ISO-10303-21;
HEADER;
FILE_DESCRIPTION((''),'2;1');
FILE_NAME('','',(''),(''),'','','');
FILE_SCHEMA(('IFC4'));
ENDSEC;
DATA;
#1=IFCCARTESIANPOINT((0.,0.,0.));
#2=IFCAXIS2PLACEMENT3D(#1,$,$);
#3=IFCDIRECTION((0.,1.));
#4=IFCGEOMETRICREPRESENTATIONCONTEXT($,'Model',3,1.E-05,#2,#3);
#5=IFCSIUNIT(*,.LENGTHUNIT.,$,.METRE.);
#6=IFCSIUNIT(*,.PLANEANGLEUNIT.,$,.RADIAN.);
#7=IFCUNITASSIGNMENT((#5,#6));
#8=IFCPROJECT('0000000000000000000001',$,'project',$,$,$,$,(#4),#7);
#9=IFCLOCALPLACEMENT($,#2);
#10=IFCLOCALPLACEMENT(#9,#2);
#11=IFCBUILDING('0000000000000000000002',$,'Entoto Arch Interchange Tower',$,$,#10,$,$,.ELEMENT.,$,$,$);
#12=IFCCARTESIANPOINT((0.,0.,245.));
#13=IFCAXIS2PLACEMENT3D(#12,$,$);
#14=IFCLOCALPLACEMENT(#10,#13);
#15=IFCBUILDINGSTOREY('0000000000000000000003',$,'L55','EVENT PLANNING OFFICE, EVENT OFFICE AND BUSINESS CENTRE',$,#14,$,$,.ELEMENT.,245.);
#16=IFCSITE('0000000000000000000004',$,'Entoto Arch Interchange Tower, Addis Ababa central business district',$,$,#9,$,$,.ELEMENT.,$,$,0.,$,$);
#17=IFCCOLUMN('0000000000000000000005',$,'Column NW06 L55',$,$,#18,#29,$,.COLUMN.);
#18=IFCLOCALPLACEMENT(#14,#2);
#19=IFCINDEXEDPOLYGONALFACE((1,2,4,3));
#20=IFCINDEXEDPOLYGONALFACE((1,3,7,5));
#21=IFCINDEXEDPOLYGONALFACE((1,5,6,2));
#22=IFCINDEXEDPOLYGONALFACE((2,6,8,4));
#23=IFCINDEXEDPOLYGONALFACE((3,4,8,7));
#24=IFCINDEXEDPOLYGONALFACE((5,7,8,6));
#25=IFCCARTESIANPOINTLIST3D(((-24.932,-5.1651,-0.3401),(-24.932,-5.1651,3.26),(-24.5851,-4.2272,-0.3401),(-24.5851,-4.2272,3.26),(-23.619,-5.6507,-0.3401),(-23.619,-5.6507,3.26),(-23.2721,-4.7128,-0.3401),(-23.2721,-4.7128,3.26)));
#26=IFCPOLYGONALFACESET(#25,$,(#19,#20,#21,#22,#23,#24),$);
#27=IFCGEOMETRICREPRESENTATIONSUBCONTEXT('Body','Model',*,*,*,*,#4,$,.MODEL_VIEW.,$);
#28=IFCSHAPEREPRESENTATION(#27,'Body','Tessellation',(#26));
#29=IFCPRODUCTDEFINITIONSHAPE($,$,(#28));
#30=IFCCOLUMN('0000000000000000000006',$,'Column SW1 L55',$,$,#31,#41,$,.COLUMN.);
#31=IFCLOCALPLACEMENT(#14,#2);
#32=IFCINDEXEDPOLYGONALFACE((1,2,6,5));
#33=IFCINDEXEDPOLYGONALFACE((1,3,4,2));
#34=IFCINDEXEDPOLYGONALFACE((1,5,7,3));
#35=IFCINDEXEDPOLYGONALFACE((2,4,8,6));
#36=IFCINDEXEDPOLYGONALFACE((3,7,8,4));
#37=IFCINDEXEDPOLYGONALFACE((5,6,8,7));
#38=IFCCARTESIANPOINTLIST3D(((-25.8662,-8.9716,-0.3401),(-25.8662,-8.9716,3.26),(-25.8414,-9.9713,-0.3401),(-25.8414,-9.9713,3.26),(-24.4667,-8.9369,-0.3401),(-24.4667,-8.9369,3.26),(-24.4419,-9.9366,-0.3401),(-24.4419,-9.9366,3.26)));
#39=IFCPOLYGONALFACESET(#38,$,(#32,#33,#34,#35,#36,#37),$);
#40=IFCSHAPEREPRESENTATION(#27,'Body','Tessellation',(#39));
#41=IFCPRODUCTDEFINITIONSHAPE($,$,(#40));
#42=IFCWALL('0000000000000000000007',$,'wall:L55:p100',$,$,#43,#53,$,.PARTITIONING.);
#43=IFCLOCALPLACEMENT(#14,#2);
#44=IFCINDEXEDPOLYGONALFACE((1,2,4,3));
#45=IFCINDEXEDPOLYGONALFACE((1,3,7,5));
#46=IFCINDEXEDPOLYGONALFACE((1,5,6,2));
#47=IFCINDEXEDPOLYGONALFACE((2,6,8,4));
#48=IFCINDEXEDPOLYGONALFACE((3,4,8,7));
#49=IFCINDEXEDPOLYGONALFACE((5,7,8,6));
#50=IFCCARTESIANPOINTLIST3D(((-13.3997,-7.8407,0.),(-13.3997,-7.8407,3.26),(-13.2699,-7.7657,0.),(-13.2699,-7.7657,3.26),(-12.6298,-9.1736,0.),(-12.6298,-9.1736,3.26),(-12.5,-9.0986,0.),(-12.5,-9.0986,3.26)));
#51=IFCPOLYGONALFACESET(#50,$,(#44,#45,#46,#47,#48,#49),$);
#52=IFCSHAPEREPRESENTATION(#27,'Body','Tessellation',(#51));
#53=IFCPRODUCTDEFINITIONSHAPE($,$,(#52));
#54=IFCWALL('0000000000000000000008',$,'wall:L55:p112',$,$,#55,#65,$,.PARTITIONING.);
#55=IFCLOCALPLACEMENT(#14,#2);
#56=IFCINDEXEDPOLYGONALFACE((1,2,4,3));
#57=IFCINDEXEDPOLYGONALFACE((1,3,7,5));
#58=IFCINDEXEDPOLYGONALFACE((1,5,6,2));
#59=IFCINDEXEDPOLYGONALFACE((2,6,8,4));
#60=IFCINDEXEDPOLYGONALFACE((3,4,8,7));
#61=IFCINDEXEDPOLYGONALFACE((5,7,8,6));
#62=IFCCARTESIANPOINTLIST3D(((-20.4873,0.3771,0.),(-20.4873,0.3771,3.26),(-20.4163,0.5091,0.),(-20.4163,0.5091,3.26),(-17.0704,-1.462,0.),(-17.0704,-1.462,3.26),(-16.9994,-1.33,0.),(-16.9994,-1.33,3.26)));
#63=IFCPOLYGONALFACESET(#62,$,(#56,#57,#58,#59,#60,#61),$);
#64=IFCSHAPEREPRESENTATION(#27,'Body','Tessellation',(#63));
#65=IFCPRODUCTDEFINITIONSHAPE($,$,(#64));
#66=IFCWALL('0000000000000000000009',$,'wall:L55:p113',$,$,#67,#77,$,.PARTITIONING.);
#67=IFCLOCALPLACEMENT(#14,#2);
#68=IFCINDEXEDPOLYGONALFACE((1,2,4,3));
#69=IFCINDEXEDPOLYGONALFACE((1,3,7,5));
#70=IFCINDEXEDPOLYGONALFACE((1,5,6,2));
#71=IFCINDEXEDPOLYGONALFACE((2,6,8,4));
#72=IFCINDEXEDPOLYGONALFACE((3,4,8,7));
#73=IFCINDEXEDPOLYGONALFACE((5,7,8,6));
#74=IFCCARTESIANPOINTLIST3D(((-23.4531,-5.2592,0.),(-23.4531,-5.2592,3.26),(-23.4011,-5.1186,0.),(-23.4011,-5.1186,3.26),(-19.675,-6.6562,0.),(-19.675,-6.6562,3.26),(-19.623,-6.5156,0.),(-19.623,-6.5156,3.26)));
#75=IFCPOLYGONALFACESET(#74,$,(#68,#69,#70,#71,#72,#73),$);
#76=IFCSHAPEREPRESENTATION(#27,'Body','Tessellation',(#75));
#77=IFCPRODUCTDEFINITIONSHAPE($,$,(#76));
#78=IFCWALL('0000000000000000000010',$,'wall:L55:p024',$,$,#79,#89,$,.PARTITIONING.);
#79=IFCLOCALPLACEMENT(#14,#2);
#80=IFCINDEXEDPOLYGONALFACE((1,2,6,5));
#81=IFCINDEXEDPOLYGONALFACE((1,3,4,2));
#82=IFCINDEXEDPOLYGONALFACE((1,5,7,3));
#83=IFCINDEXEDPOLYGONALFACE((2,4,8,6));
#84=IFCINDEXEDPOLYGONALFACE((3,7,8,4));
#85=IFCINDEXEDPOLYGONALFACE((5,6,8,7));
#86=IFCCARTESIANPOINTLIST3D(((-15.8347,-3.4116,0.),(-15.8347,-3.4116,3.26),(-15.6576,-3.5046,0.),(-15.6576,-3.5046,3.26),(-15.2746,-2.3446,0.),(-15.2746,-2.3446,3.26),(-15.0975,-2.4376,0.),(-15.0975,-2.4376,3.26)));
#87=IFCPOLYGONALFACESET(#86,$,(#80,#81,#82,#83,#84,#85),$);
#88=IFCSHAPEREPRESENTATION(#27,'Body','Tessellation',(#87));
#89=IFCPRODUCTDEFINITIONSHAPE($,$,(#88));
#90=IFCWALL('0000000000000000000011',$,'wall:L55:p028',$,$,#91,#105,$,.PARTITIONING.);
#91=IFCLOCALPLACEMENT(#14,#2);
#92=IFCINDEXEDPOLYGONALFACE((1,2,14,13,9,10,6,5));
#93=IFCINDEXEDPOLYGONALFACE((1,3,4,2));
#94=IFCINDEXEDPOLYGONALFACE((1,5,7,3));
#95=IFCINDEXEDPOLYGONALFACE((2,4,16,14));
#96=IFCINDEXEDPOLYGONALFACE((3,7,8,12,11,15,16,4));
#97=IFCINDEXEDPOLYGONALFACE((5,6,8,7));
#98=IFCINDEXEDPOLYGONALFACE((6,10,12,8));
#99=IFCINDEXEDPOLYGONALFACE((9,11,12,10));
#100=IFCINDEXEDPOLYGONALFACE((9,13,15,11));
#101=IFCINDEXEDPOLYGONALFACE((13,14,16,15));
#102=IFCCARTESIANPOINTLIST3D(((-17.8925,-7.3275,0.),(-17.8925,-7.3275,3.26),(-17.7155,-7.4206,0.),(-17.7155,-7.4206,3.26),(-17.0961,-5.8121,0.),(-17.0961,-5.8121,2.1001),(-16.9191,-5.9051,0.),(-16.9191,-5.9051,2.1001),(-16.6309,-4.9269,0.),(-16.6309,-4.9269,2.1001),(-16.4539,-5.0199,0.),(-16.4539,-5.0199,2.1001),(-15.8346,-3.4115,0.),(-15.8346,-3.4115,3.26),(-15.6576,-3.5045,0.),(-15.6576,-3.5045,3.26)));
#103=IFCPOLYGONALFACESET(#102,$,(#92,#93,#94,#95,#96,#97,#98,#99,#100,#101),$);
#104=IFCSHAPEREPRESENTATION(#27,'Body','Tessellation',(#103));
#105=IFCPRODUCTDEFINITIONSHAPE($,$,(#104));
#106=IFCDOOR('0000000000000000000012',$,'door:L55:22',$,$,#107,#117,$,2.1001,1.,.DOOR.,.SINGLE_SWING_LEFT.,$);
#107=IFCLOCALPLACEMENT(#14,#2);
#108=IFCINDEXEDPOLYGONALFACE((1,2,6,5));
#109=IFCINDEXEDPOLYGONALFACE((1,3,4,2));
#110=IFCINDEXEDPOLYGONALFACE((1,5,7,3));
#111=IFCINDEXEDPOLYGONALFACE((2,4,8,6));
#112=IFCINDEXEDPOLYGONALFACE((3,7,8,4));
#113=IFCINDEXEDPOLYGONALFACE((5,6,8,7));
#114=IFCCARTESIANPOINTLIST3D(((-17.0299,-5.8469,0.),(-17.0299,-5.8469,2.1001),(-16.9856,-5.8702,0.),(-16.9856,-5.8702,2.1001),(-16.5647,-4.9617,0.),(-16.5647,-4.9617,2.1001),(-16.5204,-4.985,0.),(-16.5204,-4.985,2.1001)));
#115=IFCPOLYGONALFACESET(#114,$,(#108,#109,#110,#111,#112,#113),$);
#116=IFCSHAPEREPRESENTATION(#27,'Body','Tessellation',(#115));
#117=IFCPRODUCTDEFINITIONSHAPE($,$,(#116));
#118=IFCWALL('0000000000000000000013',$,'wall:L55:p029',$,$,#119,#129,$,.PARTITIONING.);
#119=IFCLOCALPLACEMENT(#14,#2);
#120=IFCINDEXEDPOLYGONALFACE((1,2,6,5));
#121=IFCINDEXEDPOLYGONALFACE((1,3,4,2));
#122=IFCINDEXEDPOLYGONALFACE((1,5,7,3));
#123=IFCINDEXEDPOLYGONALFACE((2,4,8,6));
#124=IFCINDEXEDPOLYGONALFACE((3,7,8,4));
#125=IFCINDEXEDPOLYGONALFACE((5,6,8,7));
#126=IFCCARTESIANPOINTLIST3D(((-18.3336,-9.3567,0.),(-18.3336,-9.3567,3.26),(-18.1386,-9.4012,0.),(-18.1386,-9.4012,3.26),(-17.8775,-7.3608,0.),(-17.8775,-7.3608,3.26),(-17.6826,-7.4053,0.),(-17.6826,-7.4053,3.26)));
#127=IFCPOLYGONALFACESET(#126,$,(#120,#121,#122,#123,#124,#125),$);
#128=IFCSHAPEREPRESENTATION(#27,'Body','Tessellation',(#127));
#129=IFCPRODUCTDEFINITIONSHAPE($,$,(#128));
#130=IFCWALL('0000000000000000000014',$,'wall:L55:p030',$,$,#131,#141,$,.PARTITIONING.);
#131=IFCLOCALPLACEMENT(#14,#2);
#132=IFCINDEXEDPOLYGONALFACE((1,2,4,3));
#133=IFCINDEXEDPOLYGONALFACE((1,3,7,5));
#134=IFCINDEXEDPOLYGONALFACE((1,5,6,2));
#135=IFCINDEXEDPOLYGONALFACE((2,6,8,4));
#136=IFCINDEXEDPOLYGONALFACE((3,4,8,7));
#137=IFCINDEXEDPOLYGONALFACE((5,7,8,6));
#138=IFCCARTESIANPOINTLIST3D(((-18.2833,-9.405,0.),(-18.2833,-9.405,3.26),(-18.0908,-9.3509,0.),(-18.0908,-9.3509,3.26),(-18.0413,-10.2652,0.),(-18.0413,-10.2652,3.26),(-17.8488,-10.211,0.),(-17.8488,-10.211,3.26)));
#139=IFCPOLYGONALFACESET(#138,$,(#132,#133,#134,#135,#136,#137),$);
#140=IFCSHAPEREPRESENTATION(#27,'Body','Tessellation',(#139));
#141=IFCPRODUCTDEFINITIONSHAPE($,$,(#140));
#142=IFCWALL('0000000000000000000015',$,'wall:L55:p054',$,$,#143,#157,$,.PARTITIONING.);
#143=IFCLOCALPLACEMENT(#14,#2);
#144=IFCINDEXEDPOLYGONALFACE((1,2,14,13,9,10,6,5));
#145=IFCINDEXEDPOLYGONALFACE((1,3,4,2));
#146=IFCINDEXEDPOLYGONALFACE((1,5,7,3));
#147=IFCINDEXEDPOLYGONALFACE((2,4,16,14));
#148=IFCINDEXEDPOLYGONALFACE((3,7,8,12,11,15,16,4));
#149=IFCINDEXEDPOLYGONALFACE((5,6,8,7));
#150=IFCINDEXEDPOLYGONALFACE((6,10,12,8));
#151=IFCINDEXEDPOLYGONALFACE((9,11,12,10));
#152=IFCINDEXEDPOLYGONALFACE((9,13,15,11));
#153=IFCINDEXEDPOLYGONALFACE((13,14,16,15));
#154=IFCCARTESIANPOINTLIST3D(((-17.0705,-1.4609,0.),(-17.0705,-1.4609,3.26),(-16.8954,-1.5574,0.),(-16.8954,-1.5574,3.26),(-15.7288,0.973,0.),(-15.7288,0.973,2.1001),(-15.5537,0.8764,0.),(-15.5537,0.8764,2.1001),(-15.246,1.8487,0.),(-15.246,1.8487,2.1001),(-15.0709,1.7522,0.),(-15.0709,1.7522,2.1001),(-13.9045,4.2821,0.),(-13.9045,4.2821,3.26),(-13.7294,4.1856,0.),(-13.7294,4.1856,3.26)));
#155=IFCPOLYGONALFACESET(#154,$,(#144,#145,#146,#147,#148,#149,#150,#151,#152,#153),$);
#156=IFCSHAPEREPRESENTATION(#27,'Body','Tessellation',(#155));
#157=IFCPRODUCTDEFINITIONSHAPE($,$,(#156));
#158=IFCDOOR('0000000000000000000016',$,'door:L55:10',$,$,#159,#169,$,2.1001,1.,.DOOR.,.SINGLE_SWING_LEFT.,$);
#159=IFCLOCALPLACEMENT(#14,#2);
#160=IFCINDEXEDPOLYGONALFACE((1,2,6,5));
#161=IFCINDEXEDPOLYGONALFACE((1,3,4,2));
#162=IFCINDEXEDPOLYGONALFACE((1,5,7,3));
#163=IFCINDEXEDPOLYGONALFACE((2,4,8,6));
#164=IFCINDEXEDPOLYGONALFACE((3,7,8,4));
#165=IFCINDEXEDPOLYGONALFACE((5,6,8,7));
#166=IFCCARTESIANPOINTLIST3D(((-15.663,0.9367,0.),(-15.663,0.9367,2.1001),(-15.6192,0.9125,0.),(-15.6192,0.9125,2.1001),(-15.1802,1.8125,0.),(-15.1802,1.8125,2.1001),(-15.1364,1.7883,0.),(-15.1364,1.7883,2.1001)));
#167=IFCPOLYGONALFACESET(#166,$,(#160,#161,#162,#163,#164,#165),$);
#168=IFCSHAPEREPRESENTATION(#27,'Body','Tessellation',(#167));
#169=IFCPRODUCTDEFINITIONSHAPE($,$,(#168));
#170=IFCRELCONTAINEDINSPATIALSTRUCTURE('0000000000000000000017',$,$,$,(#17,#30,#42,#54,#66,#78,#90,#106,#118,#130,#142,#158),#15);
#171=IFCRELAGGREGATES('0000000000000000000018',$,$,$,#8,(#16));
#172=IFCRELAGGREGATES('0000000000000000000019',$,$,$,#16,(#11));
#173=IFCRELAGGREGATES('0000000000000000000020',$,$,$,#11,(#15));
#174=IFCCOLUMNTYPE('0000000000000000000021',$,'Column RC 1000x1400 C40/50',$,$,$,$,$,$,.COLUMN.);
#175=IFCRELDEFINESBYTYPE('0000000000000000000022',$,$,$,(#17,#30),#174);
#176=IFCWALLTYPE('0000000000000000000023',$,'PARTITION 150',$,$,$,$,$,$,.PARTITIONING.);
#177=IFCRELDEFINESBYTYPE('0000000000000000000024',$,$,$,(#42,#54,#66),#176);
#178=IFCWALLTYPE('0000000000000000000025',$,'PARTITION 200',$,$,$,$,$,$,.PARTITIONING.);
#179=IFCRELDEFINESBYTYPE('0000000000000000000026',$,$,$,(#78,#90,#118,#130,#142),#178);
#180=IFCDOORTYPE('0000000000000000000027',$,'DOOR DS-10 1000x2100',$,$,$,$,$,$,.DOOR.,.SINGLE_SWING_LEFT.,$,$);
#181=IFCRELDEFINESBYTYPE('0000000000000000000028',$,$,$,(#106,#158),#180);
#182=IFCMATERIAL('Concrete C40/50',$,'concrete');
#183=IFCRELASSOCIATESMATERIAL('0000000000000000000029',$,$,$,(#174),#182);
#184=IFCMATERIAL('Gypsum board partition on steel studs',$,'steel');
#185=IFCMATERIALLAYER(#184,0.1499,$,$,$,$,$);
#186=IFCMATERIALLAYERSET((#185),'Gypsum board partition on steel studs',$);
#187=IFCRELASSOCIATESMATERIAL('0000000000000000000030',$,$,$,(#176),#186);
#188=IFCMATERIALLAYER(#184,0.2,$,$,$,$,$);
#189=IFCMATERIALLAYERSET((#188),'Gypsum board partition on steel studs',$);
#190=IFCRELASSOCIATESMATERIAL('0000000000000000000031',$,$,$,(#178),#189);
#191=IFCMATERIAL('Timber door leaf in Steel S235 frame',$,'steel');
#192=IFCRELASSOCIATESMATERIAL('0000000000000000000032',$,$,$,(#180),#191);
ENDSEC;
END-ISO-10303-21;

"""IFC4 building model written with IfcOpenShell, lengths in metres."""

from ifc_helpers import new_model, si_unit, direction, frame, frame_2d, origin, origin_2d, place, context, subcontext, project, spatial, rectangle, extrude, material, layer, layer_set, material_profile, profile_set, type_object, element, fill, save


model = new_model("IFC4")

# Units and contexts
model_context = context("Model", 3, precision=1e-05, world=origin(), true_north=direction((0.0, 1.0)))
body_context = subcontext(model_context, "Body", "Model", "MODEL_VIEW")
ifc_project = project(units=[si_unit("LENGTHUNIT", "METRE"), si_unit("PLANEANGLEUNIT", "RADIAN")], contexts=[model_context])

# Site, building, storey
site_placement = place(None, origin())
site = spatial("IfcSite", under=ifc_project, at=site_placement, Name="Entoto Arch Interchange Tower, Addis Ababa central business district", CompositionType="ELEMENT", RefElevation=0.0)
building_placement = place(site_placement, origin())
building = spatial("IfcBuilding", under=site, at=building_placement, Name="Entoto Arch Interchange Tower", CompositionType="ELEMENT")
storey_placement = place(building_placement, frame((0.0, 0.0, 245.0)))
storey = spatial("IfcBuildingStorey", under=building, at=storey_placement, Name="L55", Description="EVENT PLANNING OFFICE, EVENT OFFICE AND BUSINESS CENTRE", CompositionType="ELEMENT", Elevation=245.0)

# Columns
ifc_material_1 = material(Name="Concrete C40/50", Category="concrete")
ifc_material_profile = material_profile(ifc_material_1, rectangle(XDim=1.0, YDim=1.3999, at=origin_2d()))
ifc_profile_set = profile_set([ifc_material_profile], Name="Concrete C40/50")
column_type = type_object("IfcColumnType", Name="Column RC 1000x1400 C40/50", PredefinedType="COLUMN", material=ifc_profile_set)
for number, where, z_axis, x_axis, name in (
    (1, (-24.1021, -4.939, -0.3401), (0.0, 0.0, 1.0), (0.346854, 0.937919, 0.0), "Column NW06 L55"),
    (2, (-25.1541, -9.4541, -0.3401), (0.0, 0.0, 1.0), (-0.024833, 0.999692, 0.0), "Column SW1 L55"),
):
    element("IfcColumn", number, at=place(storey_placement, frame(where, z_axis=z_axis, x_axis=x_axis)), inside=storey, type_object=column_type, Name=name, PredefinedType="COLUMN", context=body_context, shape_type="SweptSolid", body=[
        extrude(rectangle(XDim=1.0, YDim=1.3999, at=origin_2d()), origin(), (0.0, 0.0, 1.0), 3.6001),
    ])

# Walls
ifc_material_2 = material(Name="Gypsum board partition on steel studs", Category="steel")
ifc_layer_1 = layer(ifc_material_2, 0.1499)
ifc_layer_set_1 = layer_set([ifc_layer_1], Name="Gypsum board partition on steel studs")
wall_type_1 = type_object("IfcWallType", Name="PARTITION 150", PredefinedType="PARTITIONING", material=ifc_layer_set_1)
wall_1_placement = place(storey_placement, frame((-12.5649, -9.136, 0.0), z_axis=(0.0, 0.0, 1.0), x_axis=(-0.500198, 0.865911, 0.0)))
element("IfcWall", 3, at=wall_1_placement, inside=storey, type_object=wall_type_1, Name="wall:L55:p100", PredefinedType="PARTITIONING", context=body_context, shape_type="SweptSolid", body=[
    extrude(rectangle(XDim=1.5393, YDim=0.1499, at=frame_2d((0.7695, 0.0))), origin(), (0.0, 0.0, 1.0), 3.26),
])
wall_2_placement = place(storey_placement, frame((-17.0349, -1.396, 0.0), z_axis=(0.0, 0.0, 1.0), x_axis=(-0.880558, 0.473938, 0.0)))
element("IfcWall", 4, at=wall_2_placement, inside=storey, type_object=wall_type_1, Name="wall:L55:p112", PredefinedType="PARTITIONING", context=body_context, shape_type="SweptSolid", body=[
    extrude(rectangle(XDim=3.8804, YDim=0.1499, at=frame_2d((1.9402, 0.0))), origin(), (0.0, 0.0, 1.0), 3.26),
])
wall_3_placement = place(storey_placement, frame((-19.6489, -6.5859, 0.0), z_axis=(0.0, 0.0, 1.0), x_axis=(-0.937936, 0.346809, 0.0)))
element("IfcWall", 5, at=wall_3_placement, inside=storey, type_object=wall_type_1, Name="wall:L55:p113", PredefinedType="PARTITIONING", context=body_context, shape_type="SweptSolid", body=[
    extrude(rectangle(XDim=4.0281, YDim=0.1499, at=frame_2d((2.0142, 0.0))), origin(), (0.0, 0.0, 1.0), 3.26),
])
ifc_layer_2 = layer(ifc_material_2, 0.2)
ifc_layer_set_2 = layer_set([ifc_layer_2], Name="Gypsum board partition on steel studs")
wall_type_2 = type_object("IfcWallType", Name="PARTITION 200", PredefinedType="PARTITIONING", material=ifc_layer_set_2)
wall_4_placement = place(storey_placement, frame((-15.186, -2.3911, 0.0), z_axis=(0.0, 0.0, 1.0), x_axis=(-0.464794, -0.885419, 0.0)))
element("IfcWall", 6, at=wall_4_placement, inside=storey, type_object=wall_type_2, Name="wall:L55:p024", PredefinedType="PARTITIONING", context=body_context, shape_type="SweptSolid", body=[
    extrude(rectangle(XDim=1.2051, YDim=0.2, at=frame_2d((0.6025, 0.0))), origin(), (0.0, 0.0, 1.0), 3.26),
])

# Wall, opening, door
wall_5_placement = place(storey_placement, frame((-15.7461, -3.458, 0.0), z_axis=(0.0, 0.0, 1.0), x_axis=(-0.46518, -0.885216, 0.0)))
wall_5 = element("IfcWall", 7, at=wall_5_placement, inside=storey, type_object=wall_type_2, Name="wall:L55:p028", PredefinedType="PARTITIONING", context=body_context, shape_type="SweptSolid", body=[
    extrude(rectangle(XDim=4.4238, YDim=0.2, at=frame_2d((2.2119, 0.0))), origin(), (0.0, 0.0, 1.0), 3.26),
])
opening_1_placement = place(wall_5_placement, frame((1.7119, 0.0, 0.0)))
opening_1 = element("IfcOpeningElement", 8, at=opening_1_placement, cuts=wall_5, PredefinedType="OPENING", context=body_context, shape_type="SweptSolid", body=[
    extrude(rectangle(XDim=1.0, YDim=2.1001, at=frame_2d((0.5, 1.05))), frame((0.0, 0.1099, 0.0), z_axis=(0.0, -1.0, 0.0), x_axis=(1.0, 0.0, 0.0)), (0.0, 0.0, 1.0), 0.22),
])
ifc_material_3 = material(Name="Timber door leaf in Steel S235 frame", Category="steel")
door_type = type_object("IfcDoorType", Name="DOOR DS-10 1000x2100", OperationType="SINGLE_SWING_LEFT", PredefinedType="DOOR", material=ifc_material_3)
door_1_placement = place(opening_1_placement, origin())
door_1 = element("IfcDoor", 9, at=door_1_placement, inside=storey, type_object=door_type, Name="door:L55:22", OperationType="SINGLE_SWING_LEFT", OverallHeight=2.1001, OverallWidth=1.0, PredefinedType="DOOR", context=body_context, shape_type="SweptSolid", body=[
    extrude(rectangle(XDim=1.0, YDim=2.1001, at=frame_2d((0.5, 1.05))), frame((0.0, 0.0249, 0.0), z_axis=(0.0, -1.0, 0.0), x_axis=(1.0, 0.0, 0.0)), (0.0, 0.0, 1.0), 0.05),
])
fill(opening_1, door_1)

# Walls
wall_6_placement = place(storey_placement, frame((-17.78, -7.3831, 0.0), z_axis=(0.0, 0.0, 1.0), x_axis=(-0.22276, -0.974873, 0.0)))
element("IfcWall", 10, at=wall_6_placement, inside=storey, type_object=wall_type_2, Name="wall:L55:p029", PredefinedType="PARTITIONING", context=body_context, shape_type="SweptSolid", body=[
    extrude(rectangle(XDim=2.0474, YDim=0.2, at=frame_2d((1.0237, 0.0))), origin(), (0.0, 0.0, 1.0), 3.26),
])
wall_7_placement = place(storey_placement, frame((-18.187, -9.3779, 0.0), z_axis=(0.0, 0.0, 1.0), x_axis=(0.270785, -0.96264, 0.0)))
element("IfcWall", 11, at=wall_7_placement, inside=storey, type_object=wall_type_2, Name="wall:L55:p030", PredefinedType="PARTITIONING", context=body_context, shape_type="SweptSolid", body=[
    extrude(rectangle(XDim=0.8936, YDim=0.2, at=frame_2d((0.4468, 0.0))), origin(), (0.0, 0.0, 1.0), 3.26),
])

# Wall, opening, door
wall_8_placement = place(storey_placement, frame((-16.9829, -1.509, 0.0), z_axis=(0.0, 0.0, 1.0), x_axis=(0.482786, 0.875738, 0.0)))
wall_8 = element("IfcWall", 12, at=wall_8_placement, inside=storey, type_object=wall_type_2, Name="wall:L55:p054", PredefinedType="PARTITIONING", context=body_context, shape_type="SweptSolid", body=[
    extrude(rectangle(XDim=6.5579, YDim=0.2, at=frame_2d((3.2788, 0.0))), origin(), (0.0, 0.0, 1.0), 3.26),
])
opening_2_placement = place(wall_8_placement, frame((2.7791, 0.0, 0.0)))
opening_2 = element("IfcOpeningElement", 13, at=opening_2_placement, cuts=wall_8, PredefinedType="OPENING", context=body_context, shape_type="SweptSolid", body=[
    extrude(rectangle(XDim=1.0, YDim=2.1001, at=frame_2d((0.5, 1.05))), frame((0.0, 0.1099, 0.0), z_axis=(0.0, -1.0, 0.0), x_axis=(1.0, 0.0, 0.0)), (0.0, 0.0, 1.0), 0.22),
])
door_2_placement = place(opening_2_placement, origin())
door_2 = element("IfcDoor", 14, at=door_2_placement, inside=storey, type_object=door_type, Name="door:L55:10", OperationType="SINGLE_SWING_LEFT", OverallHeight=2.1001, OverallWidth=1.0, PredefinedType="DOOR", context=body_context, shape_type="SweptSolid", body=[
    extrude(rectangle(XDim=1.0, YDim=2.1001, at=frame_2d((0.5, 1.05))), frame((0.0, 0.0249, 0.0), z_axis=(0.0, -1.0, 0.0), x_axis=(1.0, 0.0, 0.0)), (0.0, 0.0, 1.0), 0.05),
])
fill(opening_2, door_2)

save(model, "model.ifc")
